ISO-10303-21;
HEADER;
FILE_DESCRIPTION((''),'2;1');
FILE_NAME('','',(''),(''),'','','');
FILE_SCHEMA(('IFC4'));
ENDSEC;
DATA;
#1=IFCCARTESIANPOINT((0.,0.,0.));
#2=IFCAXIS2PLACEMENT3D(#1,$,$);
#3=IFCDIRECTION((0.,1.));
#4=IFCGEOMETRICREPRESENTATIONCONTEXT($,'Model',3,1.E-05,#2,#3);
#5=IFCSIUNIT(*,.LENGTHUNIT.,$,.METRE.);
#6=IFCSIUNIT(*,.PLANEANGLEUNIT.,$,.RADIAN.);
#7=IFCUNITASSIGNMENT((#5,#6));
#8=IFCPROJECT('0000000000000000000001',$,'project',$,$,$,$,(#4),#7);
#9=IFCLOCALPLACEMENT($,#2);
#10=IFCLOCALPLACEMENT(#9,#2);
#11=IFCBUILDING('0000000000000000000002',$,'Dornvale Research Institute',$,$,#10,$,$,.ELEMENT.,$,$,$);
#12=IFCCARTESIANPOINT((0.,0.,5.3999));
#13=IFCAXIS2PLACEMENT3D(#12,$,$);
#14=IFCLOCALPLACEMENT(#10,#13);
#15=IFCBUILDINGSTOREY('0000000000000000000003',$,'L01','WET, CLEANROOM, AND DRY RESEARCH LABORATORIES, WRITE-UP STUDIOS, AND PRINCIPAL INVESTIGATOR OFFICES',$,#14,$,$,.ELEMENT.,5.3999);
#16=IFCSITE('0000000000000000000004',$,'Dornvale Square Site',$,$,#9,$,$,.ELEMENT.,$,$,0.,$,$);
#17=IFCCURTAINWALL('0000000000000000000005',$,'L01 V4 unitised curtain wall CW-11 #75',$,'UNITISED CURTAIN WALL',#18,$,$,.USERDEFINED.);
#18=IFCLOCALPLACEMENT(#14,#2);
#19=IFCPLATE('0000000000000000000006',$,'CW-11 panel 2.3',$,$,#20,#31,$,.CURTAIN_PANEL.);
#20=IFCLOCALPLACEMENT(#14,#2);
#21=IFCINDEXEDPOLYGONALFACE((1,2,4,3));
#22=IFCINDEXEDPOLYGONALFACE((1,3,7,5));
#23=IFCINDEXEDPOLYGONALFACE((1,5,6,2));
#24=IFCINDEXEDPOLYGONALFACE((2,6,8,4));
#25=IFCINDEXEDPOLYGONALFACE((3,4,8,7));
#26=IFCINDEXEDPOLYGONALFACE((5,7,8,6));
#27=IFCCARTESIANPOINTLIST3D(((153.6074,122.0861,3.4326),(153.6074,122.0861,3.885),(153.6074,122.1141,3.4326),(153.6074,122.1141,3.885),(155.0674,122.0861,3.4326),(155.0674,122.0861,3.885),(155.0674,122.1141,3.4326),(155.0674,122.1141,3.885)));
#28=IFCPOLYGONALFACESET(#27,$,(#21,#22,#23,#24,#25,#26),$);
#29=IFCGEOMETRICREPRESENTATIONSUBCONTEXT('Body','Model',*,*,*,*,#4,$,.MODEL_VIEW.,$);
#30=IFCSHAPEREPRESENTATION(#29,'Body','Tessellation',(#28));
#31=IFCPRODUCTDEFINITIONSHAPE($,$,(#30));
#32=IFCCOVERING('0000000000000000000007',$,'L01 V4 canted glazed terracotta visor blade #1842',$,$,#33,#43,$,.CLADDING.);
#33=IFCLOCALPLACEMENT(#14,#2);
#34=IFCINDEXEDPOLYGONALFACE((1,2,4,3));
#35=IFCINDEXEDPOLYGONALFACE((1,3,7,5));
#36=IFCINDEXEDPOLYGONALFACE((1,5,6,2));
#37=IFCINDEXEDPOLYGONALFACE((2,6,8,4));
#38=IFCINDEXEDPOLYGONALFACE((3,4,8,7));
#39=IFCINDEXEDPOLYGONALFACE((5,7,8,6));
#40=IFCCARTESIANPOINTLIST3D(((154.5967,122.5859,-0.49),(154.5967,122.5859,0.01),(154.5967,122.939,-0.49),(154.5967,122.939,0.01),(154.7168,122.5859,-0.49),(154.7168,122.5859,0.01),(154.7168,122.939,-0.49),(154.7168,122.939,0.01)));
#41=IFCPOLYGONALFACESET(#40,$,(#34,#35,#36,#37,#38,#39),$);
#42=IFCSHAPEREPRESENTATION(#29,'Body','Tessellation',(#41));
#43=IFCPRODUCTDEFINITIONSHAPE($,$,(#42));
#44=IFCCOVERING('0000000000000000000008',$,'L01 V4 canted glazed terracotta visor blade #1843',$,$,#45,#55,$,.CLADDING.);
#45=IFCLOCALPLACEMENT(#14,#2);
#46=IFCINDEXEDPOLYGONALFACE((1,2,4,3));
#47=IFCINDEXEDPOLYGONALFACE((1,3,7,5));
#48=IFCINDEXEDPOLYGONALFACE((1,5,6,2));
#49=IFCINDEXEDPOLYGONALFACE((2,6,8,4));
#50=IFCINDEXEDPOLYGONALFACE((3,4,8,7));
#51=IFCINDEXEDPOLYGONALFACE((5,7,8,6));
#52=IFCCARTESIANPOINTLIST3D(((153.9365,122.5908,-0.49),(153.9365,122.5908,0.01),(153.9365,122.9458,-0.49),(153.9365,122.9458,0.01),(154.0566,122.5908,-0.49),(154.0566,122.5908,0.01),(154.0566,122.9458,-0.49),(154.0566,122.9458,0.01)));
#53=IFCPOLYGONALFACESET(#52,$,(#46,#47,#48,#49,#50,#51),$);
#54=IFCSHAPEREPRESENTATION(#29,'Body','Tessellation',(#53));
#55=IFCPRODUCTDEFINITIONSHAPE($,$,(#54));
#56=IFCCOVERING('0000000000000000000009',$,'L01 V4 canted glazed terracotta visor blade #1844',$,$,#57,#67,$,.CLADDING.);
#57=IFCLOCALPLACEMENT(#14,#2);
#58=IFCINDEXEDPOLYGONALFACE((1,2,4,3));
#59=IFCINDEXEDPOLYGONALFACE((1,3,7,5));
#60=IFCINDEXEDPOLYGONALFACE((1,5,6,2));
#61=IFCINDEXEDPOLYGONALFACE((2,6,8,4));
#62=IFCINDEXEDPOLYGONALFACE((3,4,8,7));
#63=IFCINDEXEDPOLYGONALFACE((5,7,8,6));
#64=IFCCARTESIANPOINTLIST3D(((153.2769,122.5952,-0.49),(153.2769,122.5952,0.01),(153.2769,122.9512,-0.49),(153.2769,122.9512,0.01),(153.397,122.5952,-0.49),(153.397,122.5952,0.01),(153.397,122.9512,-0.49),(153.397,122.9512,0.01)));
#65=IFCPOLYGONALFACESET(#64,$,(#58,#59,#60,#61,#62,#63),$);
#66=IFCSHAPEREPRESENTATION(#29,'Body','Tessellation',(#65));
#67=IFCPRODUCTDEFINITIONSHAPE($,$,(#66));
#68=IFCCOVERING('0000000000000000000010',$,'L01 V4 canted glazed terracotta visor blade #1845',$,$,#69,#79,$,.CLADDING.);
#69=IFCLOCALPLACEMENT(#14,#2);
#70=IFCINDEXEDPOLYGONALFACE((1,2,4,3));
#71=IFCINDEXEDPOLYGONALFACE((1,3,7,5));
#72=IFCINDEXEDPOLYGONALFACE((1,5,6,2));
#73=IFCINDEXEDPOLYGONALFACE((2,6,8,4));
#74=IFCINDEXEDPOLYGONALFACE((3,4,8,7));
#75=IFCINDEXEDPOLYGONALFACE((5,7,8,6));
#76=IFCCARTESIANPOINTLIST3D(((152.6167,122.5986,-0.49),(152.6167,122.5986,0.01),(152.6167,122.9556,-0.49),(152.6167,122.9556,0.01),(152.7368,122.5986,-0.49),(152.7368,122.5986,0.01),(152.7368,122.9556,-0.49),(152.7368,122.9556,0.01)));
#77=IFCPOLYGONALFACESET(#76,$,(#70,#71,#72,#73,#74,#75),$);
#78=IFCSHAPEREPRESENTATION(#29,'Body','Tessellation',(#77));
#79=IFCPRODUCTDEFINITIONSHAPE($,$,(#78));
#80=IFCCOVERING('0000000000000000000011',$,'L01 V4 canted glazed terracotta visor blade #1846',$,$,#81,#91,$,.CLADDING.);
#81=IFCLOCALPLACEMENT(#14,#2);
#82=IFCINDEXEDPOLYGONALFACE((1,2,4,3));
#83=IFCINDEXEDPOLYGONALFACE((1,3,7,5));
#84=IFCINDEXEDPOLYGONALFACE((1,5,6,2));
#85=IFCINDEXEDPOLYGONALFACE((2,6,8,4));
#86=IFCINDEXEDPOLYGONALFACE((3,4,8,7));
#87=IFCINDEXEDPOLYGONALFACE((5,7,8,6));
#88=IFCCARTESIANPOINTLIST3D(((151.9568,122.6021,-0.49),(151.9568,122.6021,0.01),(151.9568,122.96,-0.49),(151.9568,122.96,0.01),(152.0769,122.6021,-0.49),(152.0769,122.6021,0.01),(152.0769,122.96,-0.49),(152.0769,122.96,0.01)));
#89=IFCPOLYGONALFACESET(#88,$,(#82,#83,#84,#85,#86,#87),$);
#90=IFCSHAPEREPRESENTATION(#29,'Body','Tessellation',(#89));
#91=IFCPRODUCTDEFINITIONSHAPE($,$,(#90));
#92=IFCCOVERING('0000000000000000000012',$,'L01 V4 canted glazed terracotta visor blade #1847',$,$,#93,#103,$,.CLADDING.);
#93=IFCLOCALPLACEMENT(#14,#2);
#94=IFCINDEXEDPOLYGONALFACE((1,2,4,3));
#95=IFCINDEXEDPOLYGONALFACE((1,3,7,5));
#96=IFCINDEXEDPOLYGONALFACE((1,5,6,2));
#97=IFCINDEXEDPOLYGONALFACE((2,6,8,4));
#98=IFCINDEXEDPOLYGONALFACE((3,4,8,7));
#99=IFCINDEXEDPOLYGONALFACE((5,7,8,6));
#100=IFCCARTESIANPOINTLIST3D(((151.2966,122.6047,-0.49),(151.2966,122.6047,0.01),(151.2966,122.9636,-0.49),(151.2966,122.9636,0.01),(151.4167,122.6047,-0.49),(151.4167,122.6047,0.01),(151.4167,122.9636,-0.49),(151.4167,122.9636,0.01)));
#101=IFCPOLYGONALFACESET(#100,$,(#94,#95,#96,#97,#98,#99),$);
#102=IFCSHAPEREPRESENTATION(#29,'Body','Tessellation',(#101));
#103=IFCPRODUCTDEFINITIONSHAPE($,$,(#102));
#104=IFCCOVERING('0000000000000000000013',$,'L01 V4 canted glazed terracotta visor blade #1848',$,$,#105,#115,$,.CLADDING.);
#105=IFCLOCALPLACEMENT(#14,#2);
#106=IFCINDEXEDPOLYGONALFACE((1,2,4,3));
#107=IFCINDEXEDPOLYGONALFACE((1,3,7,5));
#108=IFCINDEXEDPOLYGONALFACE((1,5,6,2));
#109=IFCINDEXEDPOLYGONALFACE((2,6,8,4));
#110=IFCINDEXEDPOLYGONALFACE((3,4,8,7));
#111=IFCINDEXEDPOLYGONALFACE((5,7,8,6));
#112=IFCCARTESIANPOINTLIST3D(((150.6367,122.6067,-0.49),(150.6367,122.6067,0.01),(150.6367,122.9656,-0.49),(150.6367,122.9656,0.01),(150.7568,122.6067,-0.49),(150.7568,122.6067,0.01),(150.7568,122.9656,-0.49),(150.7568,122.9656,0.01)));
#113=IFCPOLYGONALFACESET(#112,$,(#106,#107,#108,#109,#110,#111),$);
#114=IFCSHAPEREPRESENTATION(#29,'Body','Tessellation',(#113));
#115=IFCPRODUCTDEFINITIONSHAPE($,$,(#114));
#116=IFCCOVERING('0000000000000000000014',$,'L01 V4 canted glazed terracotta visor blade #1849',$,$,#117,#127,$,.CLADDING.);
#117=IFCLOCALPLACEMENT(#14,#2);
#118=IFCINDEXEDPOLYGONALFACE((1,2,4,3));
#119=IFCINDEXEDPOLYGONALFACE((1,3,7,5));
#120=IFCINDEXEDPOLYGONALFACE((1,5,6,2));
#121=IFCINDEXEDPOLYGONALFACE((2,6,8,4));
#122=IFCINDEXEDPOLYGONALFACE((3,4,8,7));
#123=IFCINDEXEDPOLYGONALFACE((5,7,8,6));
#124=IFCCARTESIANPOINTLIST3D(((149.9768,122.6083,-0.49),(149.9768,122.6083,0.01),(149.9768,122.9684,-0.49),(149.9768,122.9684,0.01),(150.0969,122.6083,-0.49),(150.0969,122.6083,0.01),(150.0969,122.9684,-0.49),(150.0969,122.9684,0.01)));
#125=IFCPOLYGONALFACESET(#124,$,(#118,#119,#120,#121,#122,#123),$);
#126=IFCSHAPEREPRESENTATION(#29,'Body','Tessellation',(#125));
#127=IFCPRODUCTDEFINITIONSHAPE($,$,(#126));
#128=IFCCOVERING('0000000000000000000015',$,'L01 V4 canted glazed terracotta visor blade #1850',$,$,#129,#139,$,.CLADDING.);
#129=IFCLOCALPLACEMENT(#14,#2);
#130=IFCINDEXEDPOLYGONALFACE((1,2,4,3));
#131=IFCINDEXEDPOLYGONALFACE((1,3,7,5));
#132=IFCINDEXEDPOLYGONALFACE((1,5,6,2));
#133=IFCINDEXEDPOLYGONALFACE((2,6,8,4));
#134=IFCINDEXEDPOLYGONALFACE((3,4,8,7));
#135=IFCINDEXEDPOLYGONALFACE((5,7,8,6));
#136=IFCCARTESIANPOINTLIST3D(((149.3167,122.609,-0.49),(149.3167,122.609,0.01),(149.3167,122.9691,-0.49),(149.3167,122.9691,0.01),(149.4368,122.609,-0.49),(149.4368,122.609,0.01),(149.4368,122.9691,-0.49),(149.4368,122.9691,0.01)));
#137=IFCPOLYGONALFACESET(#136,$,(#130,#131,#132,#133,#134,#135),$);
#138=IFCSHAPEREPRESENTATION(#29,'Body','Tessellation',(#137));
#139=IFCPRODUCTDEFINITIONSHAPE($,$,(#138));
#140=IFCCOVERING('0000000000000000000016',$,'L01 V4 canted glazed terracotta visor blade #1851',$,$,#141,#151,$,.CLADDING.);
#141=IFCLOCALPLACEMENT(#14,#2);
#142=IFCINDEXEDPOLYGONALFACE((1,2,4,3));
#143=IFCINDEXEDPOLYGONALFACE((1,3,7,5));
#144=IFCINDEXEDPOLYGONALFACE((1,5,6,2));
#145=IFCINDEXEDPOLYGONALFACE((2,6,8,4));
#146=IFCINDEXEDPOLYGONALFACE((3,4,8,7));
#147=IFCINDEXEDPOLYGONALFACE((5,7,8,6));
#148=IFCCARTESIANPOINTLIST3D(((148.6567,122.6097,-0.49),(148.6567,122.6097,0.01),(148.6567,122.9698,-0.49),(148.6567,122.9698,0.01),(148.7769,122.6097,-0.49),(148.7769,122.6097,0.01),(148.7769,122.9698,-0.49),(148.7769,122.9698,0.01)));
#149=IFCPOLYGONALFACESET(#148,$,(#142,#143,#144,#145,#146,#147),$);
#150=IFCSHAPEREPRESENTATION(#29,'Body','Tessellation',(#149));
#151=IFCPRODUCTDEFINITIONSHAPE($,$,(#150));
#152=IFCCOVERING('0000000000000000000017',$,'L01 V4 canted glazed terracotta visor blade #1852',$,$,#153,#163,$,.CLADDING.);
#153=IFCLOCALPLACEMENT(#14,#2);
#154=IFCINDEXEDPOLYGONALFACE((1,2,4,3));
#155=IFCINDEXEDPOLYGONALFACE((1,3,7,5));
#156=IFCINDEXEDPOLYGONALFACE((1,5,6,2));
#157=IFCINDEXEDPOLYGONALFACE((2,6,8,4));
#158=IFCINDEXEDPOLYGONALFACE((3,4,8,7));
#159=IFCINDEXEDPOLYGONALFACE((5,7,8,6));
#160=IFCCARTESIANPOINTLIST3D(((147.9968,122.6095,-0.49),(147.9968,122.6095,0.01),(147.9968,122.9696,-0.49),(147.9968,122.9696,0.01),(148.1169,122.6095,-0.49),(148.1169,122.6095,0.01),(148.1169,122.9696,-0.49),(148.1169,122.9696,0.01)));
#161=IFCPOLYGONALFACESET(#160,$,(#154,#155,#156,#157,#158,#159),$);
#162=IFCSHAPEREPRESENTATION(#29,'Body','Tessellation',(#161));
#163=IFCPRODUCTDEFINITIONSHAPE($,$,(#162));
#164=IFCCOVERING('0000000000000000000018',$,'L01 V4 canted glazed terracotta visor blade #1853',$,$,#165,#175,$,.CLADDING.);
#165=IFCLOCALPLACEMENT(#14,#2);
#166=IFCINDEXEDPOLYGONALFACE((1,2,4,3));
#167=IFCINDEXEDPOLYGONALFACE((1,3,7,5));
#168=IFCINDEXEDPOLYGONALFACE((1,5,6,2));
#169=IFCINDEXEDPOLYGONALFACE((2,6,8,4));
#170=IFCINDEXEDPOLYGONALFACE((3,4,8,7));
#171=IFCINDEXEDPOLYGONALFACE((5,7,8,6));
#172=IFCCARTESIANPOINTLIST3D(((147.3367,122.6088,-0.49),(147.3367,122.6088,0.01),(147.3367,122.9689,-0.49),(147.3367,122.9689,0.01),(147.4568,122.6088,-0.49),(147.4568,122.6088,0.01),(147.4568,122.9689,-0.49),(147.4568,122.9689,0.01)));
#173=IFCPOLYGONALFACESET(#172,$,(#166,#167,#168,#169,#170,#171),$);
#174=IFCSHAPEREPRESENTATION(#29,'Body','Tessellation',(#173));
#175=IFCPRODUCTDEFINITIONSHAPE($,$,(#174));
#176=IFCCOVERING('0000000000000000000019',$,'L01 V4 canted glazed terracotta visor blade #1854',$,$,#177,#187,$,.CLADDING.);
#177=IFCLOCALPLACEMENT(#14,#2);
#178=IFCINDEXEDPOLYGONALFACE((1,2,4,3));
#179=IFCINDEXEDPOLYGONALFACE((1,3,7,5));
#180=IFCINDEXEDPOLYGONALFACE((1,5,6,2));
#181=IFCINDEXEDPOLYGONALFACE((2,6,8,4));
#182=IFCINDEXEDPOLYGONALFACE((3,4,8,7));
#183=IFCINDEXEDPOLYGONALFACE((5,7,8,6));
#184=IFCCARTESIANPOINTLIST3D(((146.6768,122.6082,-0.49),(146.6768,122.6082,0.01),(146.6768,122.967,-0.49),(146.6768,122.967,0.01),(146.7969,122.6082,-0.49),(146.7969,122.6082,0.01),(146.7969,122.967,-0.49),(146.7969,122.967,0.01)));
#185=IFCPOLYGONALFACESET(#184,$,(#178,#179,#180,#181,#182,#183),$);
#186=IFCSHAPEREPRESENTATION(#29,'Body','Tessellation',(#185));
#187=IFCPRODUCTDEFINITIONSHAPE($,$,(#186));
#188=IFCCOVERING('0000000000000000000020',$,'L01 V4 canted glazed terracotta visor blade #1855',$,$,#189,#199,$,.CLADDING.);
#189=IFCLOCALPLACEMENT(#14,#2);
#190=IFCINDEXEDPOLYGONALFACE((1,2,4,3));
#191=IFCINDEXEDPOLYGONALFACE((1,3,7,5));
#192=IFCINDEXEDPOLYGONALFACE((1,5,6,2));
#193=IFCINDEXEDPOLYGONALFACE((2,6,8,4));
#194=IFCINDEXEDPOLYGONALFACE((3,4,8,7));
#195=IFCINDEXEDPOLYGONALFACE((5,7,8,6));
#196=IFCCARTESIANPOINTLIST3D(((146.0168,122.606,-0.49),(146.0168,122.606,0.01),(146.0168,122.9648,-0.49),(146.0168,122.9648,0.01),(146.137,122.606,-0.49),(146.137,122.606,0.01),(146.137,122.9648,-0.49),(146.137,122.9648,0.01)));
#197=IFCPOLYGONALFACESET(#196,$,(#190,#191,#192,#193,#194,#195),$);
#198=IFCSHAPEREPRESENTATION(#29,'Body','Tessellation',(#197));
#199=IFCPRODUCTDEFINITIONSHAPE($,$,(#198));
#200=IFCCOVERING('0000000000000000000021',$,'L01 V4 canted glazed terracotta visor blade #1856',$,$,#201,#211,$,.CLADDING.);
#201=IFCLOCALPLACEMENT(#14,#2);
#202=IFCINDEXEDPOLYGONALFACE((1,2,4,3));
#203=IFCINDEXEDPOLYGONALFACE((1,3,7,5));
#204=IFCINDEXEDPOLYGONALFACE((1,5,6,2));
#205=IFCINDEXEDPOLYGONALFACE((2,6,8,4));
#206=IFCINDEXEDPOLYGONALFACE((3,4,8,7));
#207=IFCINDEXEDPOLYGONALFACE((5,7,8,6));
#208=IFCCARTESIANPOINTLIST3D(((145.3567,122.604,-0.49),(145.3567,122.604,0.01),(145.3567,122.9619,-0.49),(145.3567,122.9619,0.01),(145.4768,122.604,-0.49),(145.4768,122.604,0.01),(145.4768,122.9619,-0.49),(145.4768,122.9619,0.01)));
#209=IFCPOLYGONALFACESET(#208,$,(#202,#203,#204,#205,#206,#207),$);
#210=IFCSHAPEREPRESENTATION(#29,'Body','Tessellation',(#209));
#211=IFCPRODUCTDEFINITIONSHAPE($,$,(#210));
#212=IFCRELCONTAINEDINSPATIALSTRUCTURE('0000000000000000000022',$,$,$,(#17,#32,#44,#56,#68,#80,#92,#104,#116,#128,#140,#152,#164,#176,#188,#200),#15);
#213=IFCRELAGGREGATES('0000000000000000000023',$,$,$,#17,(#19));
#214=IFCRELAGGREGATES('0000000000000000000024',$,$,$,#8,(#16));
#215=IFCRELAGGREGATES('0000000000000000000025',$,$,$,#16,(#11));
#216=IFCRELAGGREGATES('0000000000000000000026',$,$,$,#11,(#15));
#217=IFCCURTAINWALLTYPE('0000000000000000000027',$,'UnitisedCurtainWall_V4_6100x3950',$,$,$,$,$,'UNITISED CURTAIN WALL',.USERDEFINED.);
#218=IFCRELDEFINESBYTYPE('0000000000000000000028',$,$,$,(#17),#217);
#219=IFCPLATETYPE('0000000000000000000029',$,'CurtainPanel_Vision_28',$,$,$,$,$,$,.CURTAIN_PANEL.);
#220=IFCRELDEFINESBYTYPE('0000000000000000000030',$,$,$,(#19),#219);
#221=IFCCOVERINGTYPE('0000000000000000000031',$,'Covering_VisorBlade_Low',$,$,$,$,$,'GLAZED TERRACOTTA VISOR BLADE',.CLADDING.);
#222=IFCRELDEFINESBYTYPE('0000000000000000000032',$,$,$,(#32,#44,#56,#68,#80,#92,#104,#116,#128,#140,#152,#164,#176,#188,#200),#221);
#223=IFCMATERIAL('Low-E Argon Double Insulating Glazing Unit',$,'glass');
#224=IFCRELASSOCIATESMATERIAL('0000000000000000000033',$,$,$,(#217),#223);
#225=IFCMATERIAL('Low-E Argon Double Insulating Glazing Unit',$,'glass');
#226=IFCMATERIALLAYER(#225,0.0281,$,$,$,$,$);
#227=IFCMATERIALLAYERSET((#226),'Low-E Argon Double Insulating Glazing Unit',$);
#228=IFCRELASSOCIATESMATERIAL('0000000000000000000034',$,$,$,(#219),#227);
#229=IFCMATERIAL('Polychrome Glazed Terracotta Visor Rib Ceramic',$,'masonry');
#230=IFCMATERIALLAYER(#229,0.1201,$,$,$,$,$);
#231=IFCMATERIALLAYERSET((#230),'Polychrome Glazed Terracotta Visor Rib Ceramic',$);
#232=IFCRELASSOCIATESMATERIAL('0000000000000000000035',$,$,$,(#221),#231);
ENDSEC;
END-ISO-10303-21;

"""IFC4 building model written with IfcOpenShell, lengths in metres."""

from ifc_helpers import new_model, si_unit, direction, frame, origin, origin_2d, place, context, subcontext, project, spatial, rectangle, extrude, material, layer, layer_set, type_object, element, aggregate, save


model = new_model("IFC4")

# Units and contexts
model_context = context("Model", 3, precision=1e-05, world=origin(), true_north=direction((0.0, 1.0)))
body_context = subcontext(model_context, "Body", "Model", "MODEL_VIEW")
ifc_project = project(units=[si_unit("LENGTHUNIT", "METRE"), si_unit("PLANEANGLEUNIT", "RADIAN")], contexts=[model_context])

# Site, building, storey
site_placement = place(None, origin())
site = spatial("IfcSite", under=ifc_project, at=site_placement, Name="Dornvale Square Site", CompositionType="ELEMENT", RefElevation=0.0)
building_placement = place(site_placement, origin())
building = spatial("IfcBuilding", under=site, at=building_placement, Name="Dornvale Research Institute", CompositionType="ELEMENT")
storey_placement = place(building_placement, frame((0.0, 0.0, 5.3999)))
storey = spatial("IfcBuildingStorey", under=building, at=storey_placement, Name="L01", Description="WET, CLEANROOM, AND DRY RESEARCH LABORATORIES, WRITE-UP STUDIOS, AND PRINCIPAL INVESTIGATOR OFFICES", CompositionType="ELEMENT", Elevation=5.3999)

# Curtain wall, plate
ifc_material_1 = material(Name="Low-E Argon Double Insulating Glazing Unit", Category="glass")
curtain_wall_type = type_object("IfcCurtainWallType", Name="UnitisedCurtainWall_V4_6100x3950", ElementType="UNITISED CURTAIN WALL", PredefinedType="USERDEFINED", material=ifc_material_1)
curtain_wall_placement = place(storey_placement, origin())
curtain_wall = element("IfcCurtainWall", 1, at=curtain_wall_placement, inside=storey, type_object=curtain_wall_type, Name="L01 V4 unitised curtain wall CW-11 #75", ObjectType="UNITISED CURTAIN WALL", PredefinedType="USERDEFINED")
ifc_material_2 = material(Name="Low-E Argon Double Insulating Glazing Unit", Category="glass")
ifc_layer_1 = layer(ifc_material_2, 0.0281)
ifc_layer_set_1 = layer_set([ifc_layer_1], Name="Low-E Argon Double Insulating Glazing Unit")
plate_type_1 = type_object("IfcPlateType", Name="CurtainPanel_Vision_28", PredefinedType="CURTAIN_PANEL", material=ifc_layer_set_1)
plate_1_placement = place(storey_placement, frame((154.3374, 122.1001, 3.4326), z_axis=(0.0, 0.0, 1.0), x_axis=(1.0, 0.0, 0.0)))
plate_1 = element("IfcPlate", 2, at=plate_1_placement, type_object=plate_type_1, Name="CW-11 panel 2.3", PredefinedType="CURTAIN_PANEL", context=body_context, shape_type="SweptSolid", body=[
    extrude(rectangle(XDim=1.46, YDim=0.0281, at=origin_2d()), origin(), (0.0, 0.0, 1.0), 0.4524),
])
aggregate(curtain_wall, [plate_1])

# Coverings
ifc_material_3 = material(Name="Polychrome Glazed Terracotta Visor Rib Ceramic", Category="masonry")
ifc_layer_2 = layer(ifc_material_3, 0.1201)
ifc_layer_set_2 = layer_set([ifc_layer_2], Name="Polychrome Glazed Terracotta Visor Rib Ceramic")
covering_type = type_object("IfcCoveringType", Name="Covering_VisorBlade_Low", ElementType="GLAZED TERRACOTTA VISOR BLADE", PredefinedType="CLADDING", material=ifc_layer_set_2)
covering_1_placement = place(storey_placement, frame((154.6567, 122.7625, -0.49), z_axis=(0.0, 0.0, 1.0), x_axis=(0.0, 1.0, 0.0)))
element("IfcCovering", 3, at=covering_1_placement, inside=storey, type_object=covering_type, Name="L01 V4 canted glazed terracotta visor blade #1842", PredefinedType="CLADDING", context=body_context, shape_type="SweptSolid", body=[
    extrude(rectangle(XDim=0.353, YDim=0.1201, at=origin_2d()), origin(), (0.0, 0.0, 1.0), 0.5),
])
covering_2_placement = place(storey_placement, frame((153.9966, 122.7683, -0.49), z_axis=(0.0, 0.0, 1.0), x_axis=(0.0, 1.0, 0.0)))
element("IfcCovering", 4, at=covering_2_placement, inside=storey, type_object=covering_type, Name="L01 V4 canted glazed terracotta visor blade #1843", PredefinedType="CLADDING", context=body_context, shape_type="SweptSolid", body=[
    extrude(rectangle(XDim=0.355, YDim=0.1201, at=origin_2d()), origin(), (0.0, 0.0, 1.0), 0.5),
])
covering_3_placement = place(storey_placement, frame((153.3369, 122.7732, -0.49), z_axis=(0.0, 0.0, 1.0), x_axis=(0.0, 1.0, 0.0)))
element("IfcCovering", 5, at=covering_3_placement, inside=storey, type_object=covering_type, Name="L01 V4 canted glazed terracotta visor blade #1844", PredefinedType="CLADDING", context=body_context, shape_type="SweptSolid", body=[
    extrude(rectangle(XDim=0.356, YDim=0.1201, at=origin_2d()), origin(), (0.0, 0.0, 1.0), 0.5),
])
covering_4_placement = place(storey_placement, frame((152.6768, 122.7771, -0.49), z_axis=(0.0, 0.0, 1.0), x_axis=(0.0, 1.0, 0.0)))
element("IfcCovering", 6, at=covering_4_placement, inside=storey, type_object=covering_type, Name="L01 V4 canted glazed terracotta visor blade #1845", PredefinedType="CLADDING", context=body_context, shape_type="SweptSolid", body=[
    extrude(rectangle(XDim=0.3569, YDim=0.1201, at=origin_2d()), origin(), (0.0, 0.0, 1.0), 0.5),
])
covering_5_placement = place(storey_placement, frame((152.0168, 122.781, -0.49), z_axis=(0.0, 0.0, 1.0), x_axis=(0.0, 1.0, 0.0)))
element("IfcCovering", 7, at=covering_5_placement, inside=storey, type_object=covering_type, Name="L01 V4 canted glazed terracotta visor blade #1846", PredefinedType="CLADDING", context=body_context, shape_type="SweptSolid", body=[
    extrude(rectangle(XDim=0.3579, YDim=0.1201, at=origin_2d()), origin(), (0.0, 0.0, 1.0), 0.5),
])
for number, where, z_axis, x_axis, name in (
    (8, (151.3567, 122.7842, -0.49), (0.0, 0.0, 1.0), (0.0, 1.0, 0.0), "L01 V4 canted glazed terracotta visor blade #1847"),
    (9, (150.6968, 122.7861, -0.49), (0.0, 0.0, 1.0), (0.0, 1.0, 0.0), "L01 V4 canted glazed terracotta visor blade #1848"),
):
    element("IfcCovering", number, at=place(storey_placement, frame(where, z_axis=z_axis, x_axis=x_axis)), inside=storey, type_object=covering_type, Name=name, PredefinedType="CLADDING", context=body_context, shape_type="SweptSolid", body=[
        extrude(rectangle(XDim=0.3589, YDim=0.1201, at=origin_2d()), origin(), (0.0, 0.0, 1.0), 0.5),
    ])
for number, where, z_axis, x_axis, name in (
    (10, (150.0369, 122.7883, -0.49), (0.0, 0.0, 1.0), (0.0, 1.0, 0.0), "L01 V4 canted glazed terracotta visor blade #1849"),
    (11, (149.3767, 122.7891, -0.49), (0.0, 0.0, 1.0), (0.0, 1.0, 0.0), "L01 V4 canted glazed terracotta visor blade #1850"),
    (12, (148.7168, 122.7898, -0.49), (0.0, 0.0, 1.0), (0.0, 1.0, 0.0), "L01 V4 canted glazed terracotta visor blade #1851"),
    (13, (148.0569, 122.7896, -0.49), (0.0, 0.0, 1.0), (0.0, 1.0, 0.0), "L01 V4 canted glazed terracotta visor blade #1852"),
    (14, (147.3967, 122.7888, -0.49), (0.0, 0.0, 1.0), (0.0, 1.0, 0.0), "L01 V4 canted glazed terracotta visor blade #1853"),
):
    element("IfcCovering", number, at=place(storey_placement, frame(where, z_axis=z_axis, x_axis=x_axis)), inside=storey, type_object=covering_type, Name=name, PredefinedType="CLADDING", context=body_context, shape_type="SweptSolid", body=[
        extrude(rectangle(XDim=0.3601, YDim=0.1201, at=origin_2d()), origin(), (0.0, 0.0, 1.0), 0.5),
    ])
for number, where, z_axis, x_axis, name in (
    (15, (146.7368, 122.7876, -0.49), (0.0, 0.0, 1.0), (0.0, 1.0, 0.0), "L01 V4 canted glazed terracotta visor blade #1854"),
    (16, (146.0769, 122.7854, -0.49), (0.0, 0.0, 1.0), (0.0, 1.0, 0.0), "L01 V4 canted glazed terracotta visor blade #1855"),
):
    element("IfcCovering", number, at=place(storey_placement, frame(where, z_axis=z_axis, x_axis=x_axis)), inside=storey, type_object=covering_type, Name=name, PredefinedType="CLADDING", context=body_context, shape_type="SweptSolid", body=[
        extrude(rectangle(XDim=0.3589, YDim=0.1201, at=origin_2d()), origin(), (0.0, 0.0, 1.0), 0.5),
    ])
covering_6_placement = place(storey_placement, frame((145.4167, 122.783, -0.49), z_axis=(0.0, 0.0, 1.0), x_axis=(0.0, 1.0, 0.0)))
element("IfcCovering", 17, at=covering_6_placement, inside=storey, type_object=covering_type, Name="L01 V4 canted glazed terracotta visor blade #1856", PredefinedType="CLADDING", context=body_context, shape_type="SweptSolid", body=[
    extrude(rectangle(XDim=0.3579, YDim=0.1201, at=origin_2d()), origin(), (0.0, 0.0, 1.0), 0.5),
])

save(model, "model.ifc")
